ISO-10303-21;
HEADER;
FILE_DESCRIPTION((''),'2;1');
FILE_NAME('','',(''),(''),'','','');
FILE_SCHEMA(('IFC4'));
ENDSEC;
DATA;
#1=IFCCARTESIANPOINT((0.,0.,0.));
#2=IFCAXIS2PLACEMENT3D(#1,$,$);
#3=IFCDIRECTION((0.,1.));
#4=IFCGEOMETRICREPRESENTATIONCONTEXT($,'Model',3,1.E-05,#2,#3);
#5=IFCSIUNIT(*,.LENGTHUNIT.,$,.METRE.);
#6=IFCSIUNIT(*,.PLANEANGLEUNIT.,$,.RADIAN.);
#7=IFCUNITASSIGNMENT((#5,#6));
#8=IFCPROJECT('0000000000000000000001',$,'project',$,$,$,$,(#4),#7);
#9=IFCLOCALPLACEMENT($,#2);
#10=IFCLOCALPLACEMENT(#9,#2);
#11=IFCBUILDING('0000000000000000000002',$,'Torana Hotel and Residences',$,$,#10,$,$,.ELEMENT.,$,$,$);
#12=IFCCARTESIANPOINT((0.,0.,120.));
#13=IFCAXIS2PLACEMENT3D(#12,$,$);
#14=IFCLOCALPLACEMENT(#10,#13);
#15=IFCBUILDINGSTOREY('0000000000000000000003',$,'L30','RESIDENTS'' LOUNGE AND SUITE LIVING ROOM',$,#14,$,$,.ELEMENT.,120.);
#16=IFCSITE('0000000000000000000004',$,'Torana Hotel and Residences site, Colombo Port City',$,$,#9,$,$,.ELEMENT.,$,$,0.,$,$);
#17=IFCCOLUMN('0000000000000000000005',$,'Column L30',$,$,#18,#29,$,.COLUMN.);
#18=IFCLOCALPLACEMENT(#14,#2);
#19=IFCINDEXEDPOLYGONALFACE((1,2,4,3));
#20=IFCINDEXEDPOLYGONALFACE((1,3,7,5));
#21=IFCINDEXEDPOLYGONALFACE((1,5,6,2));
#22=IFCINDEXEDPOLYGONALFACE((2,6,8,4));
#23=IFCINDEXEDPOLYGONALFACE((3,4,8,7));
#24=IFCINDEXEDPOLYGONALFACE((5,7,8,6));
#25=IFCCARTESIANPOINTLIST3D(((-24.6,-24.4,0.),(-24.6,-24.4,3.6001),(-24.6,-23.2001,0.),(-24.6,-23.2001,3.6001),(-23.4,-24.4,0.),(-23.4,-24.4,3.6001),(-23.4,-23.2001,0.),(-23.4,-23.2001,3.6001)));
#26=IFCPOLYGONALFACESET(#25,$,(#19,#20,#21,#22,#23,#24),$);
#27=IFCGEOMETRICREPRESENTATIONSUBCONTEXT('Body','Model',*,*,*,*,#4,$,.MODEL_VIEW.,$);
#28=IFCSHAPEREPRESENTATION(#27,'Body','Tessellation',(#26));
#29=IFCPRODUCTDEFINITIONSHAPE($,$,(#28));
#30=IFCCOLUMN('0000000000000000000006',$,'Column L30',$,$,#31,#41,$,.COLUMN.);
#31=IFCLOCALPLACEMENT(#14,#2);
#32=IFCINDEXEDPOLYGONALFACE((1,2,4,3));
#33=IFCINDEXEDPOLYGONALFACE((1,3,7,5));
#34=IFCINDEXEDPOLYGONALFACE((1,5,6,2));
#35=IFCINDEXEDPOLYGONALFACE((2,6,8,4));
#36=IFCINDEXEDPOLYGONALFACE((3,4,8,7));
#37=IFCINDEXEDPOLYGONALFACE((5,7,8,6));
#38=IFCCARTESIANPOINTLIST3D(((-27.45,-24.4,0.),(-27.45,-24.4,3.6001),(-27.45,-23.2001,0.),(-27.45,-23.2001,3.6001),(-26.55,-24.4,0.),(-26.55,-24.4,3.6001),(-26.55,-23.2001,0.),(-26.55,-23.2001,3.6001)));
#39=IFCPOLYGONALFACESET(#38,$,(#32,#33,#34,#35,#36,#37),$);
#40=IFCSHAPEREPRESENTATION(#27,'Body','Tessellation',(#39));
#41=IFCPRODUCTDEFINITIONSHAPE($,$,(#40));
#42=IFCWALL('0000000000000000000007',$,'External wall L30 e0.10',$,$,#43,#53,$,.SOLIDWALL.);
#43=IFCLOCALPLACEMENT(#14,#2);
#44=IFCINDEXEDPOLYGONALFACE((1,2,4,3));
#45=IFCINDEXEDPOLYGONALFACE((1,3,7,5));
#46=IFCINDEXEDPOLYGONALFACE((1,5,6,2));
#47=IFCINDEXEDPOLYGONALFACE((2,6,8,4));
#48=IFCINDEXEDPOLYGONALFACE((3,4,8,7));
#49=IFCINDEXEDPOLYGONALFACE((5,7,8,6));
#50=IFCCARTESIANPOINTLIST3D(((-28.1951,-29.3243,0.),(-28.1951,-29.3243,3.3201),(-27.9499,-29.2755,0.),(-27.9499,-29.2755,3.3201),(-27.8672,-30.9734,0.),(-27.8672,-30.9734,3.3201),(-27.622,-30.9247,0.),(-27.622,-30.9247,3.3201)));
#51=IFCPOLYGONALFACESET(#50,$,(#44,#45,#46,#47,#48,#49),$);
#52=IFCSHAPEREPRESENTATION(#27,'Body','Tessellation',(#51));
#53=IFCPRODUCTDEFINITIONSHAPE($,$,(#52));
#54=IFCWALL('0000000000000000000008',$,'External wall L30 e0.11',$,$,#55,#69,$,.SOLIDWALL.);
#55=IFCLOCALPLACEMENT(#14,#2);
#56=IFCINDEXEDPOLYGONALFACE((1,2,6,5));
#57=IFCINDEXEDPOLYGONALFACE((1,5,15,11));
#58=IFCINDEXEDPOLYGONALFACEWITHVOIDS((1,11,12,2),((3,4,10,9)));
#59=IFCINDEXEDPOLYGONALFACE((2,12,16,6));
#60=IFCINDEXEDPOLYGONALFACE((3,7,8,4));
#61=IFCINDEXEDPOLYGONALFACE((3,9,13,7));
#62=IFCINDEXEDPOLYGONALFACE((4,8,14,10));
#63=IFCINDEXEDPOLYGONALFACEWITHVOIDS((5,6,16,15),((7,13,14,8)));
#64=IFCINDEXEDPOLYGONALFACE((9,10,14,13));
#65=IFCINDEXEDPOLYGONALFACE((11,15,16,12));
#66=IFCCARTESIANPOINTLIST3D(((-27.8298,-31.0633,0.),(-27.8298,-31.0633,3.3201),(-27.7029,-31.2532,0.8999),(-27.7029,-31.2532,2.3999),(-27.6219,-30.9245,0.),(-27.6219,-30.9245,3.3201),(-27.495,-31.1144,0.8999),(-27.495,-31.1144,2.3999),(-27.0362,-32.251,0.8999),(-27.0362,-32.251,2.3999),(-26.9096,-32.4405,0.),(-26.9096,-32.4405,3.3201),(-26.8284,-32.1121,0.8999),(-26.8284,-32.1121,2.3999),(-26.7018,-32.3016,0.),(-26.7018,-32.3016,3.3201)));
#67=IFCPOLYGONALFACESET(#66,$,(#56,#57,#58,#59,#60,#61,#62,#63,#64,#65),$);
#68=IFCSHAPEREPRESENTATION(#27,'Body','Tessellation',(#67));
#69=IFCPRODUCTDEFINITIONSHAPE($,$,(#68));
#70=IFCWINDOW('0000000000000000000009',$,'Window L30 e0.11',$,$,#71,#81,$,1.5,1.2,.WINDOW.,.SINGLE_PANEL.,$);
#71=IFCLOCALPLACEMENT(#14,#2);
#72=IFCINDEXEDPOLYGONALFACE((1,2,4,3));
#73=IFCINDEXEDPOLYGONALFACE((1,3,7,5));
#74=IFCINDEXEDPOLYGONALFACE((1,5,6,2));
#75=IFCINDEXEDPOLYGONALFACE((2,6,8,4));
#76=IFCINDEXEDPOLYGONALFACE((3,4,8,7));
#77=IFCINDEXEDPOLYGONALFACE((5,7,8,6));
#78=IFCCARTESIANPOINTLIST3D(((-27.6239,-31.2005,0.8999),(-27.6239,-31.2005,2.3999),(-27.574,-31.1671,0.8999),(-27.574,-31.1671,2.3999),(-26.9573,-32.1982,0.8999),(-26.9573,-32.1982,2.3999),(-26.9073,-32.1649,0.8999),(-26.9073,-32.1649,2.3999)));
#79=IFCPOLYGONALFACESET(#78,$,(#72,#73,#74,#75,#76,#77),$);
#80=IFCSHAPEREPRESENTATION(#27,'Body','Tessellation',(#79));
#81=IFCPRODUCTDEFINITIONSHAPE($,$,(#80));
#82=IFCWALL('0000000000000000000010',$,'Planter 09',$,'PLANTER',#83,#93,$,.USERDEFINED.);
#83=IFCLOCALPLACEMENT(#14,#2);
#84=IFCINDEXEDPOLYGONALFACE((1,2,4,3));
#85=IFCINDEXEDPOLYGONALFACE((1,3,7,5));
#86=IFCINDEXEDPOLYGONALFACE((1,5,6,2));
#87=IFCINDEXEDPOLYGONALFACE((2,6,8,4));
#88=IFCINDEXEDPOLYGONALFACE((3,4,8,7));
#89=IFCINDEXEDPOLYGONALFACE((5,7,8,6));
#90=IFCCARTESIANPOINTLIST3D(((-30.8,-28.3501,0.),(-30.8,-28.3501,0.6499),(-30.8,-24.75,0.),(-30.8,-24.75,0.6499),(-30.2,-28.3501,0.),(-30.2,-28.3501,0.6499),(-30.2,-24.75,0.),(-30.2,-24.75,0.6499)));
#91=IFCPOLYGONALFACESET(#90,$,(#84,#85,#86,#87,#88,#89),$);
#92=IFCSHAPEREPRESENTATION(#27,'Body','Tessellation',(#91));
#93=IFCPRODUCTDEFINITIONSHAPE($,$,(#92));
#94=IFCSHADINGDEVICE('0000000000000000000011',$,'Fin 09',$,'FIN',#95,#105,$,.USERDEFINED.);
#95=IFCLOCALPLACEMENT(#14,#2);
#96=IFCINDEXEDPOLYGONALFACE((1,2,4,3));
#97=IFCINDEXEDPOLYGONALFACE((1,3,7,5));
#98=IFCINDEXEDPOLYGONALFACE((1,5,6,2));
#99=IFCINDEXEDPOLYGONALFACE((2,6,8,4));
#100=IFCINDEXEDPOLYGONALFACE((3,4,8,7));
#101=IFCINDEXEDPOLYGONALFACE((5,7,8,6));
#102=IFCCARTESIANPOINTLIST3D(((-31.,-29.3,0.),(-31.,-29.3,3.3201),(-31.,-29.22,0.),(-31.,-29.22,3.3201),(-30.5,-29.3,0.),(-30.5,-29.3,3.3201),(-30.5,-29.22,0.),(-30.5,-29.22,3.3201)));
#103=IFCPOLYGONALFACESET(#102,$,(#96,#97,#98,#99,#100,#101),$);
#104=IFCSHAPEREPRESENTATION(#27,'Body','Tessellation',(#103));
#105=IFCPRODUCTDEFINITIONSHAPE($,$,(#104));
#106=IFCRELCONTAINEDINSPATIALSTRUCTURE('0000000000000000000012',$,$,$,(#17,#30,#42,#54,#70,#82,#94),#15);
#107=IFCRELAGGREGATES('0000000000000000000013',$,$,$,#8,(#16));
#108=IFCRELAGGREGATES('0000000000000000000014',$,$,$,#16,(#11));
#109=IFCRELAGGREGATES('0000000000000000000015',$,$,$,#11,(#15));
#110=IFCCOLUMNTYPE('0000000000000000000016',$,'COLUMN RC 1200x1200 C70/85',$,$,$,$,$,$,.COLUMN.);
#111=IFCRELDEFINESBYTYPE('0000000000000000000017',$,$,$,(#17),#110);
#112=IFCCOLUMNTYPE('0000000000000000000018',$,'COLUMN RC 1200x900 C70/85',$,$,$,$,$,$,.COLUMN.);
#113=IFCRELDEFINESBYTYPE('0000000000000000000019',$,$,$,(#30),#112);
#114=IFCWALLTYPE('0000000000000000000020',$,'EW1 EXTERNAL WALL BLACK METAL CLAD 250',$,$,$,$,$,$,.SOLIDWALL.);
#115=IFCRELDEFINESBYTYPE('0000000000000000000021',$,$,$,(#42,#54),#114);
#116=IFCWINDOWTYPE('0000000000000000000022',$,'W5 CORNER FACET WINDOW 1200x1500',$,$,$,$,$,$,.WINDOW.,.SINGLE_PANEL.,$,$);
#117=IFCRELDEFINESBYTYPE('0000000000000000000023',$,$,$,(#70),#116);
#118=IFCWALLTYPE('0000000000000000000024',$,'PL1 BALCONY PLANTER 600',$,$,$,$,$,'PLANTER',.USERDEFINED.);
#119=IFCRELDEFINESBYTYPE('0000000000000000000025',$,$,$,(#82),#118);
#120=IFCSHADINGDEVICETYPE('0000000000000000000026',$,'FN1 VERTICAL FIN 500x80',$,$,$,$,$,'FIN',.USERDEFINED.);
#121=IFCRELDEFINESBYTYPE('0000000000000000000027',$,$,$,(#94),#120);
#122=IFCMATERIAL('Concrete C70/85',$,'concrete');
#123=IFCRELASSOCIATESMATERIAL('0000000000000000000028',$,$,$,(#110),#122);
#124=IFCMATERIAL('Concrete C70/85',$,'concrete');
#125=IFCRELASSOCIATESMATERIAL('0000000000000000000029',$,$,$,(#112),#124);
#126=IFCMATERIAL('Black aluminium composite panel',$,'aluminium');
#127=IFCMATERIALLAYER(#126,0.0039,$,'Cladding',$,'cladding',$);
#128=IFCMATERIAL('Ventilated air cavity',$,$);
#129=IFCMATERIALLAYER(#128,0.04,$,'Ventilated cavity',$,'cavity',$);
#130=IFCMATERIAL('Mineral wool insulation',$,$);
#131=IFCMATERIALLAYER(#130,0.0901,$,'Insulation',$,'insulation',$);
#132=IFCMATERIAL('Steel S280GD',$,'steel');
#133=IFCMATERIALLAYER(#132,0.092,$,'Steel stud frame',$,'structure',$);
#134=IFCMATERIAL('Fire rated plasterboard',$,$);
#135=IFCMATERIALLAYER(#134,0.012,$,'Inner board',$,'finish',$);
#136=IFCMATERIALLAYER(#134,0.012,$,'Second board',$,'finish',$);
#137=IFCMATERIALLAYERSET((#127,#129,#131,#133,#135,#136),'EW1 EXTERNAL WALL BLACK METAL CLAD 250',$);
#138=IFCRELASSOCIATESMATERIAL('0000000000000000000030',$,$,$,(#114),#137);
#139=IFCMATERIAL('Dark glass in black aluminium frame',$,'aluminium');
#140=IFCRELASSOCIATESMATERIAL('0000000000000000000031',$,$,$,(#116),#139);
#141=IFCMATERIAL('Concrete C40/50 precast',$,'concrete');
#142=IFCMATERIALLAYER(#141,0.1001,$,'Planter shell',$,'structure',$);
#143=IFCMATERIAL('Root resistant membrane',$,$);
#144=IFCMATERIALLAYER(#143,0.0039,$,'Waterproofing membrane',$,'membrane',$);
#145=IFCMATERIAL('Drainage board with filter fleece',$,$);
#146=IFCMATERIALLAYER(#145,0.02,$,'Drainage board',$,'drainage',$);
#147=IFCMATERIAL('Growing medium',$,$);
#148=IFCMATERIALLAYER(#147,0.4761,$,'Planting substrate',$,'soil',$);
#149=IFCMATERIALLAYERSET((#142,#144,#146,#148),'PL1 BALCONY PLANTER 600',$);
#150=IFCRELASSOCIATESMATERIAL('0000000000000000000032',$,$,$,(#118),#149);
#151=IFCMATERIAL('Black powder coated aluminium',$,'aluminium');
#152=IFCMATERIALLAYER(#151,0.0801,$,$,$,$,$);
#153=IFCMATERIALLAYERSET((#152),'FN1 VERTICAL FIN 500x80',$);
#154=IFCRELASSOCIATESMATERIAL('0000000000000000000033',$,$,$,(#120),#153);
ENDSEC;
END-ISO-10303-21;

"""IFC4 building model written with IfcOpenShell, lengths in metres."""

from ifc_helpers import new_model, si_unit, direction, frame, frame_2d, origin, origin_2d, place, context, subcontext, project, spatial, rectangle, extrude, material, layer, layer_set, material_profile, profile_set, type_object, element, fill, save


model = new_model("IFC4")

# Units and contexts
model_context = context("Model", 3, precision=1e-05, world=origin(), true_north=direction((0.0, 1.0)))
body_context = subcontext(model_context, "Body", "Model", "MODEL_VIEW")
ifc_project = project(units=[si_unit("LENGTHUNIT", "METRE"), si_unit("PLANEANGLEUNIT", "RADIAN")], contexts=[model_context])

# Site, building, storey
site_placement = place(None, origin())
site = spatial("IfcSite", under=ifc_project, at=site_placement, Name="Torana Hotel and Residences site, Colombo Port City", CompositionType="ELEMENT", RefElevation=0.0)
building_placement = place(site_placement, origin())
building = spatial("IfcBuilding", under=site, at=building_placement, Name="Torana Hotel and Residences", CompositionType="ELEMENT")
storey_placement = place(building_placement, frame((0.0, 0.0, 120.0)))
storey = spatial("IfcBuildingStorey", under=building, at=storey_placement, Name="L30", Description="RESIDENTS' LOUNGE AND SUITE LIVING ROOM", CompositionType="ELEMENT", Elevation=120.0)

# Columns
ifc_material_1 = material(Name="Concrete C70/85", Category="concrete")
ifc_material_profile_1 = material_profile(ifc_material_1, rectangle(XDim=1.2, YDim=1.2, at=origin_2d()), Name="RC 1200x1200")
ifc_profile_set_1 = profile_set([ifc_material_profile_1], Name="Concrete C70/85")
column_type_1 = type_object("IfcColumnType", Name="COLUMN RC 1200x1200 C70/85", PredefinedType="COLUMN", material=ifc_profile_set_1)
column_1_placement = place(storey_placement, frame((-24.0, -23.8, 0.0), z_axis=(0.0, 0.0, 1.0), x_axis=(1.0, 0.0, 0.0)))
element("IfcColumn", 1, at=column_1_placement, inside=storey, type_object=column_type_1, Name="Column L30", PredefinedType="COLUMN", context=body_context, shape_type="SweptSolid", body=[
    extrude(rectangle(XDim=1.2, YDim=1.2, at=origin_2d()), origin(), (0.0, 0.0, 1.0), 3.6001),
])
ifc_material_2 = material(Name="Concrete C70/85", Category="concrete")
ifc_material_profile_2 = material_profile(ifc_material_2, rectangle(XDim=1.2, YDim=0.8999, at=origin_2d()), Name="RC 1200x900")
ifc_profile_set_2 = profile_set([ifc_material_profile_2], Name="Concrete C70/85")
column_type_2 = type_object("IfcColumnType", Name="COLUMN RC 1200x900 C70/85", PredefinedType="COLUMN", material=ifc_profile_set_2)
column_2_placement = place(storey_placement, frame((-27.0, -23.8, 0.0), z_axis=(0.0, 0.0, 1.0), x_axis=(0.0, 1.0, 0.0)))
element("IfcColumn", 2, at=column_2_placement, inside=storey, type_object=column_type_2, Name="Column L30", PredefinedType="COLUMN", context=body_context, shape_type="SweptSolid", body=[
    extrude(rectangle(XDim=1.2, YDim=0.8999, at=origin_2d()), origin(), (0.0, 0.0, 1.0), 3.6001),
])

# Wall
ifc_material_3 = material(Name="Black aluminium composite panel", Category="aluminium")
ifc_layer_1 = layer(ifc_material_3, 0.0039, Name="Cladding", Category="cladding")
ifc_material_4 = material(Name="Ventilated air cavity")
ifc_layer_2 = layer(ifc_material_4, 0.04, Name="Ventilated cavity", Category="cavity")
ifc_material_5 = material(Name="Mineral wool insulation")
ifc_layer_3 = layer(ifc_material_5, 0.0901, Name="Insulation", Category="insulation")
ifc_material_6 = material(Name="Steel S280GD", Category="steel")
ifc_layer_4 = layer(ifc_material_6, 0.092, Name="Steel stud frame", Category="structure")
ifc_material_7 = material(Name="Fire rated plasterboard")
ifc_layer_5 = layer(ifc_material_7, 0.012, Name="Inner board", Category="finish")
ifc_layer_6 = layer(ifc_material_7, 0.012, Name="Second board", Category="finish")
ifc_layer_set_1 = layer_set([ifc_layer_1, ifc_layer_2, ifc_layer_3, ifc_layer_4, ifc_layer_5, ifc_layer_6], Name="EW1 EXTERNAL WALL BLACK METAL CLAD 250")
wall_type_1 = type_object("IfcWallType", Name="EW1 EXTERNAL WALL BLACK METAL CLAD 250", PredefinedType="SOLIDWALL", material=ifc_layer_set_1)
wall_1_placement = place(storey_placement, frame((-28.0725, -29.2998, 0.0), z_axis=(0.0, 0.0, 1.0), x_axis=(0.194999, -0.980803, 0.0)))
element("IfcWall", 3, at=wall_1_placement, inside=storey, type_object=wall_type_1, Name="External wall L30 e0.10", PredefinedType="SOLIDWALL", context=body_context, shape_type="SweptSolid", body=[
    extrude(rectangle(XDim=1.6814, YDim=0.25, at=frame_2d((0.8408, 0.0))), origin(), (0.0, 0.0, 1.0), 3.3201),
])

# Wall, opening, window
wall_2_placement = place(storey_placement, frame((-27.7258, -30.9939, 0.0), z_axis=(0.0, 0.0, 1.0), x_axis=(0.55555, -0.831483, 0.0)))
wall_2 = element("IfcWall", 4, at=wall_2_placement, inside=storey, type_object=wall_type_1, Name="External wall L30 e0.11", PredefinedType="SOLIDWALL", context=body_context, shape_type="SweptSolid", body=[
    extrude(rectangle(XDim=1.6562, YDim=0.25, at=frame_2d((0.8281, 0.0))), origin(), (0.0, 0.0, 1.0), 3.3201),
])
opening_placement = place(wall_2_placement, frame((0.2283, 0.0, 0.8999)))
opening = element("IfcOpeningElement", 5, at=opening_placement, cuts=wall_2, PredefinedType="OPENING", context=body_context, shape_type="SweptSolid", body=[
    extrude(rectangle(XDim=1.2, YDim=1.5, at=frame_2d((0.6001, 0.75))), frame((0.0, 0.135, 0.0), z_axis=(0.0, -1.0, 0.0), x_axis=(1.0, 0.0, 0.0)), (0.0, 0.0, 1.0), 0.27),
])
ifc_material_8 = material(Name="Dark glass in black aluminium frame", Category="aluminium")
window_type = type_object("IfcWindowType", Name="W5 CORNER FACET WINDOW 1200x1500", PartitioningType="SINGLE_PANEL", PredefinedType="WINDOW", material=ifc_material_8)
window_placement = place(opening_placement, origin())
window = element("IfcWindow", 6, at=window_placement, inside=storey, type_object=window_type, Name="Window L30 e0.11", OverallHeight=1.5, OverallWidth=1.2, PartitioningType="SINGLE_PANEL", PredefinedType="WINDOW", context=body_context, shape_type="SweptSolid", body=[
    extrude(rectangle(XDim=1.2, YDim=1.5, at=frame_2d((0.6001, 0.75))), frame((0.0, 0.03, 0.0), z_axis=(0.0, -1.0, 0.0), x_axis=(1.0, 0.0, 0.0)), (0.0, 0.0, 1.0), 0.0601),
])
fill(opening, window)

# Wall
ifc_material_9 = material(Name="Concrete C40/50 precast", Category="concrete")
ifc_layer_7 = layer(ifc_material_9, 0.1001, Name="Planter shell", Category="structure")
ifc_material_10 = material(Name="Root resistant membrane")
ifc_layer_8 = layer(ifc_material_10, 0.0039, Name="Waterproofing membrane", Category="membrane")
ifc_material_11 = material(Name="Drainage board with filter fleece")
ifc_layer_9 = layer(ifc_material_11, 0.02, Name="Drainage board", Category="drainage")
ifc_material_12 = material(Name="Growing medium")
ifc_layer_10 = layer(ifc_material_12, 0.4761, Name="Planting substrate", Category="soil")
ifc_layer_set_2 = layer_set([ifc_layer_7, ifc_layer_8, ifc_layer_9, ifc_layer_10], Name="PL1 BALCONY PLANTER 600")
wall_type_2 = type_object("IfcWallType", Name="PL1 BALCONY PLANTER 600", ElementType="PLANTER", PredefinedType="USERDEFINED", material=ifc_layer_set_2)
wall_3_placement = place(storey_placement, frame((-30.5, -28.3501, 0.0), z_axis=(0.0, 0.0, 1.0), x_axis=(0.0, 1.0, 0.0)))
element("IfcWall", 7, at=wall_3_placement, inside=storey, type_object=wall_type_2, Name="Planter 09", ObjectType="PLANTER", PredefinedType="USERDEFINED", context=body_context, shape_type="SweptSolid", body=[
    extrude(rectangle(XDim=3.6001, YDim=0.6001, at=frame_2d((1.8, 0.0))), origin(), (0.0, 0.0, 1.0), 0.6499),
])

# Shading device
ifc_material_13 = material(Name="Black powder coated aluminium", Category="aluminium")
ifc_layer_11 = layer(ifc_material_13, 0.0801)
ifc_layer_set_3 = layer_set([ifc_layer_11], Name="FN1 VERTICAL FIN 500x80")
shading_device_type = type_object("IfcShadingDeviceType", Name="FN1 VERTICAL FIN 500x80", ElementType="FIN", PredefinedType="USERDEFINED", material=ifc_layer_set_3)
shading_device_placement = place(storey_placement, frame((-30.75, -29.26, 0.0), z_axis=(0.0, 0.0, 1.0), x_axis=(0.0, 1.0, 0.0)))
element("IfcShadingDevice", 8, at=shading_device_placement, inside=storey, type_object=shading_device_type, Name="Fin 09", ObjectType="FIN", PredefinedType="USERDEFINED", context=body_context, shape_type="SweptSolid", body=[
    extrude(rectangle(XDim=0.0801, YDim=0.5, at=origin_2d()), origin(), (0.0, 0.0, 1.0), 3.3201),
])

save(model, "model.ifc")
